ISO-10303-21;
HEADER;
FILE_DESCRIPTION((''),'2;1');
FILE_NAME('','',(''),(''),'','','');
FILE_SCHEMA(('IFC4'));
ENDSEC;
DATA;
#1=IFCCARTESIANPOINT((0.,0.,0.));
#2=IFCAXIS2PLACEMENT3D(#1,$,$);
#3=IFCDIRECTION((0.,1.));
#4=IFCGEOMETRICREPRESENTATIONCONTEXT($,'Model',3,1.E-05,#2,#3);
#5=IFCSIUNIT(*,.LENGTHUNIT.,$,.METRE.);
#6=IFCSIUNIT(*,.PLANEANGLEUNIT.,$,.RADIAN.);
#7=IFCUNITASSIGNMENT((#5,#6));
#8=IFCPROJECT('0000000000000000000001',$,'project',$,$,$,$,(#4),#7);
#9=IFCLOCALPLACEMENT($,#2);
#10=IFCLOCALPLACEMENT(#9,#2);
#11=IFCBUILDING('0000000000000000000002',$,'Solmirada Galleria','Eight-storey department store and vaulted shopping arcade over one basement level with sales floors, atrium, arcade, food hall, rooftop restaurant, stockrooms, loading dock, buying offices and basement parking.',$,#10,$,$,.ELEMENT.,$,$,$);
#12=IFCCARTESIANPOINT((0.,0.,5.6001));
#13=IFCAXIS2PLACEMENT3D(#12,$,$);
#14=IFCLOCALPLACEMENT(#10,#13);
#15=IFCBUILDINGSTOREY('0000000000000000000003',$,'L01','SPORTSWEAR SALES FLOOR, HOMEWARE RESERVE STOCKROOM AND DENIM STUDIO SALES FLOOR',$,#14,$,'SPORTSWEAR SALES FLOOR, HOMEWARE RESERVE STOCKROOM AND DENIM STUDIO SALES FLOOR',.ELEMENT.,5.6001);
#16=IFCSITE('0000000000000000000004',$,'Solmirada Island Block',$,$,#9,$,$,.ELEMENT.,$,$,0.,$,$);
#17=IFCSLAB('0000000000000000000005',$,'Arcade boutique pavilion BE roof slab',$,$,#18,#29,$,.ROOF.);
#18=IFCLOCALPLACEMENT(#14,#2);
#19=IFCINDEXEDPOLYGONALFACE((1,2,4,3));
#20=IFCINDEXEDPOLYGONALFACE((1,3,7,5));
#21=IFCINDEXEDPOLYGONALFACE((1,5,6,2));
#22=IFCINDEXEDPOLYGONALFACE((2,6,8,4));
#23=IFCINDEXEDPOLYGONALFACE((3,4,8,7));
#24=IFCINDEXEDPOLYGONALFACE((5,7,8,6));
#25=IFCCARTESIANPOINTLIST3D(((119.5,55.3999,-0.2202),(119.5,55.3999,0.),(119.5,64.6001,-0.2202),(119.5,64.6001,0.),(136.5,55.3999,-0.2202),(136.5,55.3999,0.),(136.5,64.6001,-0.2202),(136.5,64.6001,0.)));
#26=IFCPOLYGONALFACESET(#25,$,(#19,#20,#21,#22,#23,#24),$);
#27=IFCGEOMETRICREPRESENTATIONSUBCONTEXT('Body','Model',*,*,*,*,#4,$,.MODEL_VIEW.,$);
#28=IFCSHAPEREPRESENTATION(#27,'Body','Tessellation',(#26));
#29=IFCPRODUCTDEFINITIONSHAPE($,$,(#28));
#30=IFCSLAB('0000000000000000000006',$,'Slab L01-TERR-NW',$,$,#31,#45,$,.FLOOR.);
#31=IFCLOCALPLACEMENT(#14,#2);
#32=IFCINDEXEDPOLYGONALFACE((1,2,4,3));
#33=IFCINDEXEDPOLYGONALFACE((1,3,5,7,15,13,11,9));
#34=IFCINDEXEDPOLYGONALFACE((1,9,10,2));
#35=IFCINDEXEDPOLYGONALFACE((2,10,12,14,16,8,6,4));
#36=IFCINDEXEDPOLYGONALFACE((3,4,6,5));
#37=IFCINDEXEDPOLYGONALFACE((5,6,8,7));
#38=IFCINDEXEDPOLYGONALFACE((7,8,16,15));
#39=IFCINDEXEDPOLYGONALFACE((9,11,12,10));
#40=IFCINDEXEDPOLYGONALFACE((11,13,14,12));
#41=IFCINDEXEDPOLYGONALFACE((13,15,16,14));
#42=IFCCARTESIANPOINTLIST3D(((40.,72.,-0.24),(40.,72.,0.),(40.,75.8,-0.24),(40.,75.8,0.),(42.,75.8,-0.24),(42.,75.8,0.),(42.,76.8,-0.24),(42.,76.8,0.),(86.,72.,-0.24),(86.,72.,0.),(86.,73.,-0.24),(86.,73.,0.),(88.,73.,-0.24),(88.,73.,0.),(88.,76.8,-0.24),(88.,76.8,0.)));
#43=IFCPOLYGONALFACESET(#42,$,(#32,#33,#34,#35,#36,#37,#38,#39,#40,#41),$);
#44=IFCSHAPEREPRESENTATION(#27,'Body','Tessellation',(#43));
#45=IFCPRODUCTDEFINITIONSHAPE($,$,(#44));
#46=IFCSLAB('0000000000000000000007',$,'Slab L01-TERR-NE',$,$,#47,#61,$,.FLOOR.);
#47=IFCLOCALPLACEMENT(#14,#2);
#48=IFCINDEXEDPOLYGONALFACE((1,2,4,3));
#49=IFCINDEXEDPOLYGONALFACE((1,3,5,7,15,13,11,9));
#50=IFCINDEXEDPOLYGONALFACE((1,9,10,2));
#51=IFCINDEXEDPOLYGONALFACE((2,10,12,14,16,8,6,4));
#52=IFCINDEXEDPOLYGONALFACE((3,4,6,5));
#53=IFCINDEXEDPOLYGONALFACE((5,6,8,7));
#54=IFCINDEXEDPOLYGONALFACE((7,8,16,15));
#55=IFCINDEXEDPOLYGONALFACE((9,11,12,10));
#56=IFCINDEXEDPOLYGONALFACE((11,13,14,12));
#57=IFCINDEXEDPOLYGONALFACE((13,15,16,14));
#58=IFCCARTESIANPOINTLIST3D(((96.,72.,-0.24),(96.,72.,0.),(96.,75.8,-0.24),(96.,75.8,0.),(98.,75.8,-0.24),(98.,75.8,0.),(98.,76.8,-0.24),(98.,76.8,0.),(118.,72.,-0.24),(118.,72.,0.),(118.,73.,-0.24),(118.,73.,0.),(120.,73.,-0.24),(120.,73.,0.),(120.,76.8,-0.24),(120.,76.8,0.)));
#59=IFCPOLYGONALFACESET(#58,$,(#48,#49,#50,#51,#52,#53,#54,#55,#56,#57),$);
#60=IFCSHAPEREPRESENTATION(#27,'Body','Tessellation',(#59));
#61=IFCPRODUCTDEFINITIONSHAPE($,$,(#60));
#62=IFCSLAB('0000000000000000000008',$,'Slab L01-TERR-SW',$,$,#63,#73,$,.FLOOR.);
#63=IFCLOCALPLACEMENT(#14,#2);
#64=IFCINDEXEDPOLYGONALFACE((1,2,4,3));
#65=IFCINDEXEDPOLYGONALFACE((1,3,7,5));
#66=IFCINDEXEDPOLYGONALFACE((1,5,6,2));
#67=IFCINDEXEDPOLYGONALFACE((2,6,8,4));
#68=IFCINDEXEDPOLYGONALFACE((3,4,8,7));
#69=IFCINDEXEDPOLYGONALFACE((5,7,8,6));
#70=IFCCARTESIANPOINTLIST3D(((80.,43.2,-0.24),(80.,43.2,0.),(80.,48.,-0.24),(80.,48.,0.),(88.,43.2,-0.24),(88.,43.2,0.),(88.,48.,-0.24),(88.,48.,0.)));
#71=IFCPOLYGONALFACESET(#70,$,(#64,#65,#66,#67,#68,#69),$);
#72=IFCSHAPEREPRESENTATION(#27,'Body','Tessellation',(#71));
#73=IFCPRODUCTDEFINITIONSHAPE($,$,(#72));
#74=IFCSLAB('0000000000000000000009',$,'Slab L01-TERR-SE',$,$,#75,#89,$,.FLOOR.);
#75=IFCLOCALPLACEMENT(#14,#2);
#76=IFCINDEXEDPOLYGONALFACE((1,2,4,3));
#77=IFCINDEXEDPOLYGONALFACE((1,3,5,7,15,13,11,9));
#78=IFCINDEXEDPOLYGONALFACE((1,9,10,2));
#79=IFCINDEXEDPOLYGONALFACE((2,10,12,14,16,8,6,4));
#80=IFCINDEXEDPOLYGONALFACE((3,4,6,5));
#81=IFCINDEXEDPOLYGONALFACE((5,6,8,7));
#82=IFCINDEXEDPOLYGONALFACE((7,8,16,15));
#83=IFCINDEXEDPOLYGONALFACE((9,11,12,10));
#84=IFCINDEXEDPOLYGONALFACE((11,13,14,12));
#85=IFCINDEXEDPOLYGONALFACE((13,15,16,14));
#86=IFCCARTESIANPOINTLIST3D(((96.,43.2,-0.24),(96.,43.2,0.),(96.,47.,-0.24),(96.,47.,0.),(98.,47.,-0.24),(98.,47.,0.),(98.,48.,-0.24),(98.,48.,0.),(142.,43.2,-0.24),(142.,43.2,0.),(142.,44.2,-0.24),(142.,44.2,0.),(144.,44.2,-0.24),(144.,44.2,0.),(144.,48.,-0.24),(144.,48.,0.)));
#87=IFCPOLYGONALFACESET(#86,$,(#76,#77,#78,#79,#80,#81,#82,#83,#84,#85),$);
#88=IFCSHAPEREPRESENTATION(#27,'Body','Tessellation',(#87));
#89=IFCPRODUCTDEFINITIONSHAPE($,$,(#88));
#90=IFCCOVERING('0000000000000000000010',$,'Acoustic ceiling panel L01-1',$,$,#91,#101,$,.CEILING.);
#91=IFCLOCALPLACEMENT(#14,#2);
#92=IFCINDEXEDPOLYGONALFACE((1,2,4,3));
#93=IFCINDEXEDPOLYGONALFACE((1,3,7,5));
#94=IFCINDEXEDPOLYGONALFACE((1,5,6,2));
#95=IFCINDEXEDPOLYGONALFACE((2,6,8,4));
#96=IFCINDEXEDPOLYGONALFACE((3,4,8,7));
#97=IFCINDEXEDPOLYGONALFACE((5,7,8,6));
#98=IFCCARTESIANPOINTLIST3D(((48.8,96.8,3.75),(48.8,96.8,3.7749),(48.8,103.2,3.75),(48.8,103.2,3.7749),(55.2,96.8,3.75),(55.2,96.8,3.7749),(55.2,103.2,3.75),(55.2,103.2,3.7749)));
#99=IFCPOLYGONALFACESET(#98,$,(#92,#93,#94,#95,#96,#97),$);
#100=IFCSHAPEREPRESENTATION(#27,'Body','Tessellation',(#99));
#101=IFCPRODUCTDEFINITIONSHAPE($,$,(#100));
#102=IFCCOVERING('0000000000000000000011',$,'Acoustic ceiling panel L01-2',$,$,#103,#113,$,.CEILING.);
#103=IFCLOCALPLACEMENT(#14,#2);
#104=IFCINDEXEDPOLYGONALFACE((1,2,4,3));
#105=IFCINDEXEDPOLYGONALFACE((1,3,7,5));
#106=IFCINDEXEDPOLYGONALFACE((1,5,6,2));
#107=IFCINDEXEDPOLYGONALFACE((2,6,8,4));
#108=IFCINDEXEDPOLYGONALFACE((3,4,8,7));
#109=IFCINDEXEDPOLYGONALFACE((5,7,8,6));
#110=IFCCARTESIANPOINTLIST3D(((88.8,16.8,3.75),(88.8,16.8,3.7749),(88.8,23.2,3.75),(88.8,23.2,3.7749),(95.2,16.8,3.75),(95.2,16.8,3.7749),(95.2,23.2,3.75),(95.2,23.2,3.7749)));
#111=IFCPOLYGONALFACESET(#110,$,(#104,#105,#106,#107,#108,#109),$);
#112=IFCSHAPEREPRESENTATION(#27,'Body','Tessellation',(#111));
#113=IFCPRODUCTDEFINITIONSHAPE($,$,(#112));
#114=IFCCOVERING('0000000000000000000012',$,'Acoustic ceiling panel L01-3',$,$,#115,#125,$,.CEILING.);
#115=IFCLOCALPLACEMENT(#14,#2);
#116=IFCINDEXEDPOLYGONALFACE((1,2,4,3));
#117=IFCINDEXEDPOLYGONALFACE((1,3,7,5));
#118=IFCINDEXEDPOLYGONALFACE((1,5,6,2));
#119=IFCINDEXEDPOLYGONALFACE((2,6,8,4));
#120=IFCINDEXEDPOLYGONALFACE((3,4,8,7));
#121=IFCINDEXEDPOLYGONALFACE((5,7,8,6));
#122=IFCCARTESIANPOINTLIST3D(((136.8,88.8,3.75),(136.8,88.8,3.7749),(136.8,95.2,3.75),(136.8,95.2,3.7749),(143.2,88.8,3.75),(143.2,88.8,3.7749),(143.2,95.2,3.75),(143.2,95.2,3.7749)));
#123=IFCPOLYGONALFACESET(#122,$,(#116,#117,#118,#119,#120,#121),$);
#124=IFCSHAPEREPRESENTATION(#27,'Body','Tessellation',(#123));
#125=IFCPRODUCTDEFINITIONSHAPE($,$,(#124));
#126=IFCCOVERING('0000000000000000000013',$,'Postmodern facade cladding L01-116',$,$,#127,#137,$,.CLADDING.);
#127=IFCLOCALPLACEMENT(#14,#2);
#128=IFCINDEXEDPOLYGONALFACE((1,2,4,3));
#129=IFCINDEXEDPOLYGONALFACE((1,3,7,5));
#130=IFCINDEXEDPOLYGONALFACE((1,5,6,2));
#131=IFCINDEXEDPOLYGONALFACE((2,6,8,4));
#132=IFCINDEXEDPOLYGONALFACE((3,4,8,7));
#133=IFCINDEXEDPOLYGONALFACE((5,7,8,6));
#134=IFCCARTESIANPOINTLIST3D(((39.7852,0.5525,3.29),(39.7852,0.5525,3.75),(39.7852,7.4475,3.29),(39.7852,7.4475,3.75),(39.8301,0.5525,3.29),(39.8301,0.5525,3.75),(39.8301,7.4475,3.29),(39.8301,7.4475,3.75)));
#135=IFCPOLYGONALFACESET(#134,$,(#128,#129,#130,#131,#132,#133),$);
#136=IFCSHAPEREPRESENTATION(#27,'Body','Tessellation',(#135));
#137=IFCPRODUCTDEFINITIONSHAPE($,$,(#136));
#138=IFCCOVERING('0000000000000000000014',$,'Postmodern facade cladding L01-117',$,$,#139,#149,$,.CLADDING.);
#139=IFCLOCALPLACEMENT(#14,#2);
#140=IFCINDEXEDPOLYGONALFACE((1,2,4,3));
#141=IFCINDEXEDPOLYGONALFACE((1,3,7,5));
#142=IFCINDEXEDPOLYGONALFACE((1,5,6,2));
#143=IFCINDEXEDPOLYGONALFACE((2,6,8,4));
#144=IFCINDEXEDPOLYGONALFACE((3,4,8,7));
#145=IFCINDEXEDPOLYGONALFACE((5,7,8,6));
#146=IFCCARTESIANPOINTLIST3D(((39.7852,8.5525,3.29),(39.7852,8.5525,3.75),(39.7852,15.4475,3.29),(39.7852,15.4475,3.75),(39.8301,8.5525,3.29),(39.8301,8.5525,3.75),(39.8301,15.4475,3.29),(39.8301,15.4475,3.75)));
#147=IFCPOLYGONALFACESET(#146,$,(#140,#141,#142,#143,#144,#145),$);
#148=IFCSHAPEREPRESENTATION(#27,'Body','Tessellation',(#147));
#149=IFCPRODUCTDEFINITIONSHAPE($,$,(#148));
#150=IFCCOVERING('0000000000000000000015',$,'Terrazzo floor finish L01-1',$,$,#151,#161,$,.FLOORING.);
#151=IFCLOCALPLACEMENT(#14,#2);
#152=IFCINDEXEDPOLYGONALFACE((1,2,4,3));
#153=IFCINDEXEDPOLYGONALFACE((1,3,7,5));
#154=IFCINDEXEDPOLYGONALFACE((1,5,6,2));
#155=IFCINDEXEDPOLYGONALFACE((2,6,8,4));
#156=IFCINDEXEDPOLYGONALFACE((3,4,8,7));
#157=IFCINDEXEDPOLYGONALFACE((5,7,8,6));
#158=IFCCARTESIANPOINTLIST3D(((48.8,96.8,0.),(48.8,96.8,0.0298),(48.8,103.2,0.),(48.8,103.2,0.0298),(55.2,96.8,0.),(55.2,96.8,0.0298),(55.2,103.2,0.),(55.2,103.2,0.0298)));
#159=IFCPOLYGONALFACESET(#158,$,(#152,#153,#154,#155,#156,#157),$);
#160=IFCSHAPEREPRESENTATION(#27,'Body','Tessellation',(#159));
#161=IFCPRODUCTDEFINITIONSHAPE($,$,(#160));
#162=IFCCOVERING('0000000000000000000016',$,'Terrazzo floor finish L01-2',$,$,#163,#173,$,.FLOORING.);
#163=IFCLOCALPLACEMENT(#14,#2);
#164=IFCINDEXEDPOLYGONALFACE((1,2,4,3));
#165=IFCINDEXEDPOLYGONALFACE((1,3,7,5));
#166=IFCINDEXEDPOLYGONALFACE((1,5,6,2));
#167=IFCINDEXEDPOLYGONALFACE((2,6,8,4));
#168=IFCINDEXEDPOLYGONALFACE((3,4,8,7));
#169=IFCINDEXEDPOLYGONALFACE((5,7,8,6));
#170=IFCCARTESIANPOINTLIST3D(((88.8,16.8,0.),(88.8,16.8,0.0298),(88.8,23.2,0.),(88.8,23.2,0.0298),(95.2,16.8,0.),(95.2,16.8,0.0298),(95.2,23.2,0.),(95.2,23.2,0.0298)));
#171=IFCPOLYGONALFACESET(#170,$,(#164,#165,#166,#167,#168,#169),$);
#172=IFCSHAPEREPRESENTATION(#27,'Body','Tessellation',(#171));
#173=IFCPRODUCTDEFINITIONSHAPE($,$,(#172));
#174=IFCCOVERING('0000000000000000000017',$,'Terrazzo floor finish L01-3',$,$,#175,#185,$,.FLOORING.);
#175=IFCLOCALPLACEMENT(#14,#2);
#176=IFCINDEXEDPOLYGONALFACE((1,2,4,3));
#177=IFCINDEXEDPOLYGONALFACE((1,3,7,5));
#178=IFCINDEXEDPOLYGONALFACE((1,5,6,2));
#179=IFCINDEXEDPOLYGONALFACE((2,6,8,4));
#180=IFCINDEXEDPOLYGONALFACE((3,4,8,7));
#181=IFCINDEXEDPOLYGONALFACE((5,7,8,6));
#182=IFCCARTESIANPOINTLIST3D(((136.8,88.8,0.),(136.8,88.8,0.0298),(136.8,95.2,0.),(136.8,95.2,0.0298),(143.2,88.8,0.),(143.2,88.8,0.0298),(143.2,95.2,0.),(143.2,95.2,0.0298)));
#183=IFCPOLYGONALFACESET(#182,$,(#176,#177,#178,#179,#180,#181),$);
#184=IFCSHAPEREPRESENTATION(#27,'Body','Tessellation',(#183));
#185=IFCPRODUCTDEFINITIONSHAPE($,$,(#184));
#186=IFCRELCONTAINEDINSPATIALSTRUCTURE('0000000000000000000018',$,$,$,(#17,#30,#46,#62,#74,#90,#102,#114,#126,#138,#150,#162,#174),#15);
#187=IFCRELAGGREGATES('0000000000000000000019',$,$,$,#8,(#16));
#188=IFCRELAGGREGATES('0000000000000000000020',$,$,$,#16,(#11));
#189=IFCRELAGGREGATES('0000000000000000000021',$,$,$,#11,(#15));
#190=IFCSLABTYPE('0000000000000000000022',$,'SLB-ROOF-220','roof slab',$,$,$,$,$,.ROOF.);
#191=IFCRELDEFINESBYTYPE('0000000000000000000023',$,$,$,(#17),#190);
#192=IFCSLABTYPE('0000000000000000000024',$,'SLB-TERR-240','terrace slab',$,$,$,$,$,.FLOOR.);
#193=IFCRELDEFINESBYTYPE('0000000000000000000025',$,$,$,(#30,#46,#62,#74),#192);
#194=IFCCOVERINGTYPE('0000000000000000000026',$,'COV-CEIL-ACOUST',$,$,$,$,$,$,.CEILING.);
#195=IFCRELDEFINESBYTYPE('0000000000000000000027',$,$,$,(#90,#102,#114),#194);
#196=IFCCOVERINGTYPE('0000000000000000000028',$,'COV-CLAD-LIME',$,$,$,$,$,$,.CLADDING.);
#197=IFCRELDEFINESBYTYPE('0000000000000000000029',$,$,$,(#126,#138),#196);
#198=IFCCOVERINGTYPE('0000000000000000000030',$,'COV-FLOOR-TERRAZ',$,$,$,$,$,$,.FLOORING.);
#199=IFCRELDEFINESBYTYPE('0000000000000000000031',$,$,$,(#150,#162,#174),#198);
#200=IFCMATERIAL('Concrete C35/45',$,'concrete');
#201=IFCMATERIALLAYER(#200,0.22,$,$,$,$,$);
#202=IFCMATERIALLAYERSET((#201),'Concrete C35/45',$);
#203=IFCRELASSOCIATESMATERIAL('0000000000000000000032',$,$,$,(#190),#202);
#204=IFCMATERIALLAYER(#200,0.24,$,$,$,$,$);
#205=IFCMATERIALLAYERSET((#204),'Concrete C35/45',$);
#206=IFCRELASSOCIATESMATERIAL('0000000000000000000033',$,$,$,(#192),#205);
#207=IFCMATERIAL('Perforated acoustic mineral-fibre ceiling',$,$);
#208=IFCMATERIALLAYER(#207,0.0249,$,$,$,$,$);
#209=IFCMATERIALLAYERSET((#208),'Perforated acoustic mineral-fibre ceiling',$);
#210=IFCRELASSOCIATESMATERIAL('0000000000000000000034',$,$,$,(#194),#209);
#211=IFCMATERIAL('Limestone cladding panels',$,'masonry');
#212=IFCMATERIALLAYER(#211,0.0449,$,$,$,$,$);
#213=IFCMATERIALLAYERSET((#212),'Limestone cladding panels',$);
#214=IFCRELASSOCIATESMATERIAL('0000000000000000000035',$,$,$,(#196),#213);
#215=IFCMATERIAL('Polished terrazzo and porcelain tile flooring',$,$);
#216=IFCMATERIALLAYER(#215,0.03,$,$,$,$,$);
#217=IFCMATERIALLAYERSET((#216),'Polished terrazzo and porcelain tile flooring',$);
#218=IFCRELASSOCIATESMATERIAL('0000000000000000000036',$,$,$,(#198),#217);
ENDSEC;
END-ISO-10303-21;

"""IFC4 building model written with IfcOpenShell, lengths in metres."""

from ifc_helpers import new_model, si_unit, direction, frame, origin, origin_2d, place, context, subcontext, project, spatial, polyline, rectangle, outline, extrude, material, layer, layer_set, type_object, element, save


model = new_model("IFC4")

# Units and contexts
model_context = context("Model", 3, precision=1e-05, world=origin(), true_north=direction((0.0, 1.0)))
body_context = subcontext(model_context, "Body", "Model", "MODEL_VIEW")
ifc_project = project(units=[si_unit("LENGTHUNIT", "METRE"), si_unit("PLANEANGLEUNIT", "RADIAN")], contexts=[model_context])

# Site, building, storey
site_placement = place(None, origin())
site = spatial("IfcSite", under=ifc_project, at=site_placement, Name="Solmirada Island Block", CompositionType="ELEMENT", RefElevation=0.0)
building_placement = place(site_placement, origin())
building = spatial("IfcBuilding", under=site, at=building_placement, Name="Solmirada Galleria", Description="Eight-storey department store and vaulted shopping arcade over one basement level with sales floors, atrium, arcade, food hall, rooftop restaurant, stockrooms, loading dock, buying offices and basement parking.", CompositionType="ELEMENT")
storey_placement = place(building_placement, frame((0.0, 0.0, 5.6001)))
storey = spatial("IfcBuildingStorey", under=building, at=storey_placement, Name="L01", Description="SPORTSWEAR SALES FLOOR, HOMEWARE RESERVE STOCKROOM AND DENIM STUDIO SALES FLOOR", LongName="SPORTSWEAR SALES FLOOR, HOMEWARE RESERVE STOCKROOM AND DENIM STUDIO SALES FLOOR", CompositionType="ELEMENT", Elevation=5.6001)

# Shared definitions
ifc_material_1 = material(Name="Concrete C35/45", Category="concrete")

# Shared definitions
ifc_layer_1 = layer(ifc_material_1, 0.22)
ifc_layer_set_1 = layer_set([ifc_layer_1], Name="Concrete C35/45")
slab_type_1 = type_object("IfcSlabType", Name="SLB-ROOF-220", Description="roof slab", PredefinedType="ROOF", material=ifc_layer_set_1)

# Slabs
slab_1_placement = place(storey_placement, frame((0.0, 0.0, -0.2202)))
element("IfcSlab", 1, at=slab_1_placement, inside=storey, type_object=slab_type_1, Name="Arcade boutique pavilion BE roof slab", PredefinedType="ROOF", context=body_context, shape_type="SweptSolid", body=[
    extrude(outline(polyline([(119.5, 55.3999), (136.5, 55.3999), (136.5, 64.6001), (119.5, 64.6001), (119.5, 55.3999)])), origin(), (0.0, 0.0, 1.0), 0.2202),
])
ifc_layer_2 = layer(ifc_material_1, 0.24)
ifc_layer_set_2 = layer_set([ifc_layer_2], Name="Concrete C35/45")
slab_type_2 = type_object("IfcSlabType", Name="SLB-TERR-240", Description="terrace slab", PredefinedType="FLOOR", material=ifc_layer_set_2)
slab_2_placement = place(storey_placement, frame((0.0, 0.0, -0.24)))
element("IfcSlab", 2, at=slab_2_placement, inside=storey, type_object=slab_type_2, Name="Slab L01-TERR-NW", PredefinedType="FLOOR", context=body_context, shape_type="SweptSolid", body=[
    extrude(outline(polyline([(40.0, 72.0), (86.0, 72.0), (86.0, 73.0), (88.0, 73.0), (88.0, 76.8), (42.0, 76.8), (42.0, 75.8), (40.0, 75.8), (40.0, 72.0)])), origin(), (0.0, 0.0, 1.0), 0.24),
])
slab_3_placement = place(storey_placement, frame((0.0, 0.0, -0.24)))
element("IfcSlab", 3, at=slab_3_placement, inside=storey, type_object=slab_type_2, Name="Slab L01-TERR-NE", PredefinedType="FLOOR", context=body_context, shape_type="SweptSolid", body=[
    extrude(outline(polyline([(96.0, 72.0), (118.0, 72.0), (118.0, 73.0), (120.0, 73.0), (120.0, 76.8), (98.0, 76.8), (98.0, 75.8), (96.0, 75.8), (96.0, 72.0)])), origin(), (0.0, 0.0, 1.0), 0.24),
])
slab_4_placement = place(storey_placement, frame((0.0, 0.0, -0.24)))
element("IfcSlab", 4, at=slab_4_placement, inside=storey, type_object=slab_type_2, Name="Slab L01-TERR-SW", PredefinedType="FLOOR", context=body_context, shape_type="SweptSolid", body=[
    extrude(outline(polyline([(80.0, 43.2), (88.0, 43.2), (88.0, 48.0), (80.0, 48.0), (80.0, 43.2)])), origin(), (0.0, 0.0, 1.0), 0.24),
])
slab_5_placement = place(storey_placement, frame((0.0, 0.0, -0.24)))
element("IfcSlab", 5, at=slab_5_placement, inside=storey, type_object=slab_type_2, Name="Slab L01-TERR-SE", PredefinedType="FLOOR", context=body_context, shape_type="SweptSolid", body=[
    extrude(outline(polyline([(96.0, 43.2), (142.0, 43.2), (142.0, 44.2), (144.0, 44.2), (144.0, 48.0), (98.0, 48.0), (98.0, 47.0), (96.0, 47.0), (96.0, 43.2)])), origin(), (0.0, 0.0, 1.0), 0.24),
])

# Coverings
ifc_material_2 = material(Name="Perforated acoustic mineral-fibre ceiling")
ifc_layer_3 = layer(ifc_material_2, 0.0249)
ifc_layer_set_3 = layer_set([ifc_layer_3], Name="Perforated acoustic mineral-fibre ceiling")
covering_type_1 = type_object("IfcCoveringType", Name="COV-CEIL-ACOUST", PredefinedType="CEILING", material=ifc_layer_set_3)
covering_1_placement = place(storey_placement, frame((0.0, 0.0, 3.75)))
element("IfcCovering", 6, at=covering_1_placement, inside=storey, type_object=covering_type_1, Name="Acoustic ceiling panel L01-1", PredefinedType="CEILING", context=body_context, shape_type="SweptSolid", body=[
    extrude(outline(polyline([(48.8, 96.8), (55.2, 96.8), (55.2, 103.2), (48.8, 103.2), (48.8, 96.8)])), origin(), (0.0, 0.0, 1.0), 0.0249),
])
covering_2_placement = place(storey_placement, frame((0.0, 0.0, 3.75)))
element("IfcCovering", 7, at=covering_2_placement, inside=storey, type_object=covering_type_1, Name="Acoustic ceiling panel L01-2", PredefinedType="CEILING", context=body_context, shape_type="SweptSolid", body=[
    extrude(outline(polyline([(88.8, 16.8), (95.2, 16.8), (95.2, 23.2), (88.8, 23.2), (88.8, 16.8)])), origin(), (0.0, 0.0, 1.0), 0.0249),
])
covering_3_placement = place(storey_placement, frame((0.0, 0.0, 3.75)))
element("IfcCovering", 8, at=covering_3_placement, inside=storey, type_object=covering_type_1, Name="Acoustic ceiling panel L01-3", PredefinedType="CEILING", context=body_context, shape_type="SweptSolid", body=[
    extrude(outline(polyline([(136.8, 88.8), (143.2, 88.8), (143.2, 95.2), (136.8, 95.2), (136.8, 88.8)])), origin(), (0.0, 0.0, 1.0), 0.0249),
])
ifc_material_3 = material(Name="Limestone cladding panels", Category="masonry")
ifc_layer_4 = layer(ifc_material_3, 0.0449)
ifc_layer_set_4 = layer_set([ifc_layer_4], Name="Limestone cladding panels")
covering_type_2 = type_object("IfcCoveringType", Name="COV-CLAD-LIME", PredefinedType="CLADDING", material=ifc_layer_set_4)
for number, where, z_axis, x_axis, name in (
    (9, (39.8076, 4.0, 3.29), (0.0, 0.0, 1.0), (0.0, 1.0, 0.0), "Postmodern facade cladding L01-116"),
    (10, (39.8076, 12.0, 3.29), (0.0, 0.0, 1.0), (0.0, 1.0, 0.0), "Postmodern facade cladding L01-117"),
):
    element("IfcCovering", number, at=place(storey_placement, frame(where, z_axis=z_axis, x_axis=x_axis)), inside=storey, type_object=covering_type_2, Name=name, PredefinedType="CLADDING", context=body_context, shape_type="SweptSolid", body=[
        extrude(rectangle(XDim=6.895, YDim=0.0449, at=origin_2d()), origin(), (0.0, 0.0, 1.0), 0.46),
    ])
ifc_material_4 = material(Name="Polished terrazzo and porcelain tile flooring")
ifc_layer_5 = layer(ifc_material_4, 0.03)
ifc_layer_set_5 = layer_set([ifc_layer_5], Name="Polished terrazzo and porcelain tile flooring")
covering_type_3 = type_object("IfcCoveringType", Name="COV-FLOOR-TERRAZ", PredefinedType="FLOORING", material=ifc_layer_set_5)
covering_4_placement = place(storey_placement, origin())
element("IfcCovering", 11, at=covering_4_placement, inside=storey, type_object=covering_type_3, Name="Terrazzo floor finish L01-1", PredefinedType="FLOORING", context=body_context, shape_type="SweptSolid", body=[
    extrude(outline(polyline([(48.8, 96.8), (55.2, 96.8), (55.2, 103.2), (48.8, 103.2), (48.8, 96.8)])), origin(), (0.0, 0.0, 1.0), 0.0298),
])
covering_5_placement = place(storey_placement, origin())
element("IfcCovering", 12, at=covering_5_placement, inside=storey, type_object=covering_type_3, Name="Terrazzo floor finish L01-2", PredefinedType="FLOORING", context=body_context, shape_type="SweptSolid", body=[
    extrude(outline(polyline([(88.8, 16.8), (95.2, 16.8), (95.2, 23.2), (88.8, 23.2), (88.8, 16.8)])), origin(), (0.0, 0.0, 1.0), 0.0298),
])
covering_6_placement = place(storey_placement, origin())
element("IfcCovering", 13, at=covering_6_placement, inside=storey, type_object=covering_type_3, Name="Terrazzo floor finish L01-3", PredefinedType="FLOORING", context=body_context, shape_type="SweptSolid", body=[
    extrude(outline(polyline([(136.8, 88.8), (143.2, 88.8), (143.2, 95.2), (136.8, 95.2), (136.8, 88.8)])), origin(), (0.0, 0.0, 1.0), 0.0298),
])

save(model, "model.ifc")
